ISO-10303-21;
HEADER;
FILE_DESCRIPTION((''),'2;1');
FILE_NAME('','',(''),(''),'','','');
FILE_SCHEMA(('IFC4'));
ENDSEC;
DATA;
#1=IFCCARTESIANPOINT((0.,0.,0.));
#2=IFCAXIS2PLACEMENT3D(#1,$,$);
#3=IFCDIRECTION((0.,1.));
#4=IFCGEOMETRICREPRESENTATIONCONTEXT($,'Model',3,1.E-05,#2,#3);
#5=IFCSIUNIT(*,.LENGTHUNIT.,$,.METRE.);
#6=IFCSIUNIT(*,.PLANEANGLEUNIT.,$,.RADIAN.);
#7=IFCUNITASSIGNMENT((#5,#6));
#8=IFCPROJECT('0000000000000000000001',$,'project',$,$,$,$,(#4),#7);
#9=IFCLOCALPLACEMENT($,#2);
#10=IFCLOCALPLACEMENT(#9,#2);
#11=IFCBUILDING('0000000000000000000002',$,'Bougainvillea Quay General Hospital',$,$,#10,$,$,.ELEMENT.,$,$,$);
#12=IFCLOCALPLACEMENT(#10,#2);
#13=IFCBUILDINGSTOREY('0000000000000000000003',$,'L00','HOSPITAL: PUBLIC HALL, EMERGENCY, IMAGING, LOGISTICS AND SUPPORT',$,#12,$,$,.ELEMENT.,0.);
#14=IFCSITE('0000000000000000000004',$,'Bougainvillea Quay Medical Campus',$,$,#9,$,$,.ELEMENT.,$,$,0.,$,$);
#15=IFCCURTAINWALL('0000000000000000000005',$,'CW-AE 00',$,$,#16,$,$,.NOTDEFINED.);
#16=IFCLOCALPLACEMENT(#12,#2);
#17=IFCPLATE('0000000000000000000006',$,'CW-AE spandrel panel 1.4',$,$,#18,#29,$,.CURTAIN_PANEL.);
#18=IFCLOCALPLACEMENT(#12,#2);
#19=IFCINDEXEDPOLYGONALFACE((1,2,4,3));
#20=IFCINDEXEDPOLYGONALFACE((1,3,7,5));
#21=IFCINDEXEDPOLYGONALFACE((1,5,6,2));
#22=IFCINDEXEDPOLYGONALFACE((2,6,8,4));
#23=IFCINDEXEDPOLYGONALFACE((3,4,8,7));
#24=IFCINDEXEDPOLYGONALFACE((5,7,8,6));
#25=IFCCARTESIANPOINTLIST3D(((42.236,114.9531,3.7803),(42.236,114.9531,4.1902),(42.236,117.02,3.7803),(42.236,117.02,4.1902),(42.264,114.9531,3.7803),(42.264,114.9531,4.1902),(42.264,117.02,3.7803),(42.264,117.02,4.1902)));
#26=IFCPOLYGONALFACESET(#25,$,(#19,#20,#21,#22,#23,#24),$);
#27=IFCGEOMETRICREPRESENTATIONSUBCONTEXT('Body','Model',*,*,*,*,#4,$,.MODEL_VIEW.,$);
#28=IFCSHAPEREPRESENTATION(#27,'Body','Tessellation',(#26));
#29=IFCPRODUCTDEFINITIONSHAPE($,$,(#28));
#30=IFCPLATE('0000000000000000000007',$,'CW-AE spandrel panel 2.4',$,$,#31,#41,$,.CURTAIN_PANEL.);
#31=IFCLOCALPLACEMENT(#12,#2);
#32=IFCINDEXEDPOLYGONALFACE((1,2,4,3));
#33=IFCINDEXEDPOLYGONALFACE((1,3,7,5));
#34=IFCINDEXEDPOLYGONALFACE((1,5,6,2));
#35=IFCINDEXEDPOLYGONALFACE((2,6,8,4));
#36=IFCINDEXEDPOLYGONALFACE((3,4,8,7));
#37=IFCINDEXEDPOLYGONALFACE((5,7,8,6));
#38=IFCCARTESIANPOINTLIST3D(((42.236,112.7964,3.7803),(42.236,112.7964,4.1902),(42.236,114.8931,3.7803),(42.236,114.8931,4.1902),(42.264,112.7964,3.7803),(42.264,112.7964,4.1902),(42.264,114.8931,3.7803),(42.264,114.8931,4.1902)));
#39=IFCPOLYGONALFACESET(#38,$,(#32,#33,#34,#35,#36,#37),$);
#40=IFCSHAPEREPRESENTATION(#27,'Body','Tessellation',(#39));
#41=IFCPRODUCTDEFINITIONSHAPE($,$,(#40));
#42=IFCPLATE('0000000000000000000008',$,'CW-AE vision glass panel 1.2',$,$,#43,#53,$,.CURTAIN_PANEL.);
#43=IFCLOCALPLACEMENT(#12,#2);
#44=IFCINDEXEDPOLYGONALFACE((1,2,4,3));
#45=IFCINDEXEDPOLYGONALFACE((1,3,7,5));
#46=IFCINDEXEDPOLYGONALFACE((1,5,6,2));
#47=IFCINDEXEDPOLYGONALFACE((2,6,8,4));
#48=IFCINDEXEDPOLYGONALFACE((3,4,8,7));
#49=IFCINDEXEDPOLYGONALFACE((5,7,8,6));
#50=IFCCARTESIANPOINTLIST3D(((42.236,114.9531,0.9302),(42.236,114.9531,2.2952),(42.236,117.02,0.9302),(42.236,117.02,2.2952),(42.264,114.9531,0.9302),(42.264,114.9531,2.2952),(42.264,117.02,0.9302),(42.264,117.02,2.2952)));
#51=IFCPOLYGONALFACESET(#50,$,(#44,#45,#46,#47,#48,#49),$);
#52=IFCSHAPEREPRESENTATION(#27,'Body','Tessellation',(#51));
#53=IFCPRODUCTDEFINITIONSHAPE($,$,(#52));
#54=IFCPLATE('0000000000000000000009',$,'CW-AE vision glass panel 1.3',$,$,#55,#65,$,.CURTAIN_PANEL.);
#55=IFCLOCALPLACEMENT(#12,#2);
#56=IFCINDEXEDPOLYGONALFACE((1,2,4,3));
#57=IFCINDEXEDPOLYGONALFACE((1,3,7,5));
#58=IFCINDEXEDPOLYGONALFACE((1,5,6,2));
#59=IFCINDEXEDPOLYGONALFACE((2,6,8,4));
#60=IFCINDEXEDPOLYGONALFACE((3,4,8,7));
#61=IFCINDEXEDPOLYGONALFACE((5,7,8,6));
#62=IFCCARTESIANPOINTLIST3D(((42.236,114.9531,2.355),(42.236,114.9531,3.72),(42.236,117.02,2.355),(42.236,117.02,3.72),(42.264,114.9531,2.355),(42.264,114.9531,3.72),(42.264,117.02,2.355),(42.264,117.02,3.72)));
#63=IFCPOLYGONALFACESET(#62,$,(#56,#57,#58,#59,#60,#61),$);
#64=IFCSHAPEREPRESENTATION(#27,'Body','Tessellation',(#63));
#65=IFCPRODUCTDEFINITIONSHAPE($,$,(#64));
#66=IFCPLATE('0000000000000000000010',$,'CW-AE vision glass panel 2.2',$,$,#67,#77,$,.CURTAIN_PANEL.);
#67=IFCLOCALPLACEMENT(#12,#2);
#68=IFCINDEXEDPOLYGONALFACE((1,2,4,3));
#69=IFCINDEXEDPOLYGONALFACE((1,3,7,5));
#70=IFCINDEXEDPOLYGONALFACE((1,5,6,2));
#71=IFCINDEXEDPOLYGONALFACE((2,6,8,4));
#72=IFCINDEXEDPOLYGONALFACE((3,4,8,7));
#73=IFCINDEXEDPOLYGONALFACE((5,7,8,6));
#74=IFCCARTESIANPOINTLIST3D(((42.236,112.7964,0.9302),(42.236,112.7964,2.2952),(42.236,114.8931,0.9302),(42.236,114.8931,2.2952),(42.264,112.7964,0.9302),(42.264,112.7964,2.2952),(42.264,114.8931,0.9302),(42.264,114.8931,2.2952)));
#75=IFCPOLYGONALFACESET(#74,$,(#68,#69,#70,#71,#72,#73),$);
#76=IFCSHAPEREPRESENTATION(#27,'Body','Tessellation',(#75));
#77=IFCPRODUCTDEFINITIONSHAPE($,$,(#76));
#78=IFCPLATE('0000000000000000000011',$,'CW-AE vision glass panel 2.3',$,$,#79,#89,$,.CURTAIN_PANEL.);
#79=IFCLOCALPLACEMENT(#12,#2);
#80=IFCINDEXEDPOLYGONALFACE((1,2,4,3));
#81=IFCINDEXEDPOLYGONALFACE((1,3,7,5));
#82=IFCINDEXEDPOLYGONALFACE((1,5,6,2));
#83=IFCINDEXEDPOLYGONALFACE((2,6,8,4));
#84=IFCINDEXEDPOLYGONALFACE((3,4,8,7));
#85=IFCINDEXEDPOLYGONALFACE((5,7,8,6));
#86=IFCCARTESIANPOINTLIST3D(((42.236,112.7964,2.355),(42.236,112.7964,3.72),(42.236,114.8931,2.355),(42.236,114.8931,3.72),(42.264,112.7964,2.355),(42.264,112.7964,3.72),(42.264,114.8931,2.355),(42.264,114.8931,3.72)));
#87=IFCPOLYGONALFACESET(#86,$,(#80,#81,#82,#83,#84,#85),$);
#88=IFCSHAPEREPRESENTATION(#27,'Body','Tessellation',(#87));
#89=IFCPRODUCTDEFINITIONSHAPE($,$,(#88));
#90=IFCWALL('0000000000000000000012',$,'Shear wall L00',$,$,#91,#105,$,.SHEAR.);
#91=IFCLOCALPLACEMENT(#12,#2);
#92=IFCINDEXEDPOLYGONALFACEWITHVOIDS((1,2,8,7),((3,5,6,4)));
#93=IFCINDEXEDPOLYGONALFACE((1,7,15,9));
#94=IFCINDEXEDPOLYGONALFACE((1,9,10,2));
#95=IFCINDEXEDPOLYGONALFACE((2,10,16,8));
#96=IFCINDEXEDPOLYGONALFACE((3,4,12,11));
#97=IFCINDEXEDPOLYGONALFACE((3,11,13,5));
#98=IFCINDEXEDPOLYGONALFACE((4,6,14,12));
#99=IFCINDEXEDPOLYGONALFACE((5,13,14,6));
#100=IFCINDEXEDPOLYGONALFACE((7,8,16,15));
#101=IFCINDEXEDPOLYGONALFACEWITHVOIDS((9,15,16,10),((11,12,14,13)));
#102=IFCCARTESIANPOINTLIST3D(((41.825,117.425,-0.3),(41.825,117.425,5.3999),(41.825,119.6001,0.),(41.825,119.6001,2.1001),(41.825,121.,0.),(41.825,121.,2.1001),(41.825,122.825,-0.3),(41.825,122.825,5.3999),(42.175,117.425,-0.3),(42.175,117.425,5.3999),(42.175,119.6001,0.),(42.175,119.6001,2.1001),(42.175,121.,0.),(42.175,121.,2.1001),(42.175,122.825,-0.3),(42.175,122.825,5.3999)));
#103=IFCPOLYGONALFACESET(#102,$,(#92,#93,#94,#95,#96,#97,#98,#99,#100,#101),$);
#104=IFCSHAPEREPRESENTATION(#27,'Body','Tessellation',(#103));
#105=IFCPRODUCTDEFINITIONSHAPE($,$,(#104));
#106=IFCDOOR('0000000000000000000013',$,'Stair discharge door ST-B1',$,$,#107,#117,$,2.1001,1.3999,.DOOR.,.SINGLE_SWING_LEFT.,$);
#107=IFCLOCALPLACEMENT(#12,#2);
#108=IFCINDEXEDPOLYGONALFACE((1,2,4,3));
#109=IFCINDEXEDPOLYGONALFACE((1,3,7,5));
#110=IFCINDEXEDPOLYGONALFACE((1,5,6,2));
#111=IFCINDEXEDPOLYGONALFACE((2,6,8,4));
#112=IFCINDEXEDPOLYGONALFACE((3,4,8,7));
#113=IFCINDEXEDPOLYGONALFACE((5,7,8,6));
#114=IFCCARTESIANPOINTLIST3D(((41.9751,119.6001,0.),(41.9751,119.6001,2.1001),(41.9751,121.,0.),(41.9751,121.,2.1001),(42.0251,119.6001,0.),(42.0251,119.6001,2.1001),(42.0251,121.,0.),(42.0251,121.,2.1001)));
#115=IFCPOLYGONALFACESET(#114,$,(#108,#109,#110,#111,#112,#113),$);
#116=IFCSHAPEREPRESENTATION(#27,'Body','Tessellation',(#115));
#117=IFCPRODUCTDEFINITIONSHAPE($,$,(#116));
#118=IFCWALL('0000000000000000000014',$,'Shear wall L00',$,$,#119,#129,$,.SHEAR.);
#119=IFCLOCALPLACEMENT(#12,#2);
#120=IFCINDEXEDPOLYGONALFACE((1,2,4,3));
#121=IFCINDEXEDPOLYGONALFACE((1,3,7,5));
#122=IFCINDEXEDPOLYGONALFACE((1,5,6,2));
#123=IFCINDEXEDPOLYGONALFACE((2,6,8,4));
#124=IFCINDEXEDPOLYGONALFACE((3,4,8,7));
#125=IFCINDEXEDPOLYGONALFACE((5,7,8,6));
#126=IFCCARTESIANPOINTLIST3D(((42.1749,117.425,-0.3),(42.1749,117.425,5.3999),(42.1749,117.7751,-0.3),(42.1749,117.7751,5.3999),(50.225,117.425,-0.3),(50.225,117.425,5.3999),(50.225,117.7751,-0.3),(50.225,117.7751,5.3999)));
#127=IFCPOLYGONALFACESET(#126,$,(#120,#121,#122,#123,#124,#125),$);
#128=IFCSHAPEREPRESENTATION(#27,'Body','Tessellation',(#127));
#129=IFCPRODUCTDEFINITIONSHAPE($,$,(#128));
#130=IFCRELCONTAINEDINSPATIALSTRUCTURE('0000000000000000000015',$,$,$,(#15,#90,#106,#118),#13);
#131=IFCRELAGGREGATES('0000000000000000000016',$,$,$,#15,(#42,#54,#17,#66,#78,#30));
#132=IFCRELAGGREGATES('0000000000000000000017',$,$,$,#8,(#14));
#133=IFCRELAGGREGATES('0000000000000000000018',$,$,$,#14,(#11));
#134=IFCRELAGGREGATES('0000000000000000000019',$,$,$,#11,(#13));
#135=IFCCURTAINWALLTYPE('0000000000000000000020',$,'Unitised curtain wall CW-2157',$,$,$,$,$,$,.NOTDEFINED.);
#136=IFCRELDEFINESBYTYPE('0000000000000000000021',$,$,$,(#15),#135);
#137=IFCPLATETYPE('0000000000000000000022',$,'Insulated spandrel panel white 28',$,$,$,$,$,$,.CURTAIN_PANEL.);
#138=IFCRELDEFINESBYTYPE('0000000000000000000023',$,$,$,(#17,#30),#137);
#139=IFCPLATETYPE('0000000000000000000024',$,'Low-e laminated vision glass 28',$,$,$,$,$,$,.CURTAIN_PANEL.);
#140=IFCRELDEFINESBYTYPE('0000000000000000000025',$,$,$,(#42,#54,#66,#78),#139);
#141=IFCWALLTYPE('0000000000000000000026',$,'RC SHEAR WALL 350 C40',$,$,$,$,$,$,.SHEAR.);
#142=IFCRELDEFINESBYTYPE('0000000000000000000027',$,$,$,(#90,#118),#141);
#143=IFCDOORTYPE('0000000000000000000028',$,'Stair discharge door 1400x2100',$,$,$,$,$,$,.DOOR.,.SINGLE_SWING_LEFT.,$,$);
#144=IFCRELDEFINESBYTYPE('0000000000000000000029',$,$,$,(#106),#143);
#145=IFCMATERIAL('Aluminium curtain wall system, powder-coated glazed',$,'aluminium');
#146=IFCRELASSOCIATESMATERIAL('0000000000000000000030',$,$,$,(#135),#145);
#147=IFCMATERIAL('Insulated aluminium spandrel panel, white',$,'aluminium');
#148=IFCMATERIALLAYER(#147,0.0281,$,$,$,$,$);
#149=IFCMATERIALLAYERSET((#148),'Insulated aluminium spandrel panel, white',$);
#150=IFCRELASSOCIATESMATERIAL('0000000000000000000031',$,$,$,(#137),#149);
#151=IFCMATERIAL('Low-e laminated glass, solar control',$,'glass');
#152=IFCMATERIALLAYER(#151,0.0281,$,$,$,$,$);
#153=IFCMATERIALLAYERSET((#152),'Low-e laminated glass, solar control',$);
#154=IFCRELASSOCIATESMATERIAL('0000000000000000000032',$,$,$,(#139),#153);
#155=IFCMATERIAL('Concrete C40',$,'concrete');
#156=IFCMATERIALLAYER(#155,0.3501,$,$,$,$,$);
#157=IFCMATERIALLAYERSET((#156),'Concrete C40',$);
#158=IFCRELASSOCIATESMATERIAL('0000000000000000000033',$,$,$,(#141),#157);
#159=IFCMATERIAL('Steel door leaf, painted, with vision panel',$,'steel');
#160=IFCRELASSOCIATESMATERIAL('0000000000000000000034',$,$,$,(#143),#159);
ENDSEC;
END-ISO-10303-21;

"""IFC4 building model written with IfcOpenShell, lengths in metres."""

from ifc_helpers import new_model, si_unit, direction, frame, frame_2d, origin, origin_2d, place, context, subcontext, project, spatial, rectangle, extrude, material, layer, layer_set, type_object, element, fill, aggregate, save


model = new_model("IFC4")

# Units and contexts
model_context = context("Model", 3, precision=1e-05, world=origin(), true_north=direction((0.0, 1.0)))
body_context = subcontext(model_context, "Body", "Model", "MODEL_VIEW")
ifc_project = project(units=[si_unit("LENGTHUNIT", "METRE"), si_unit("PLANEANGLEUNIT", "RADIAN")], contexts=[model_context])

# Site, building, storey
site_placement = place(None, origin())
site = spatial("IfcSite", under=ifc_project, at=site_placement, Name="Bougainvillea Quay Medical Campus", CompositionType="ELEMENT", RefElevation=0.0)
building_placement = place(site_placement, origin())
building = spatial("IfcBuilding", under=site, at=building_placement, Name="Bougainvillea Quay General Hospital", CompositionType="ELEMENT")
storey_placement = place(building_placement, origin())
storey = spatial("IfcBuildingStorey", under=building, at=storey_placement, Name="L00", Description="HOSPITAL: PUBLIC HALL, EMERGENCY, IMAGING, LOGISTICS AND SUPPORT", CompositionType="ELEMENT", Elevation=0.0)

# Curtain wall, plates
ifc_material_1 = material(Name="Aluminium curtain wall system, powder-coated glazed", Category="aluminium")
curtain_wall_type = type_object("IfcCurtainWallType", Name="Unitised curtain wall CW-2157", PredefinedType="NOTDEFINED", material=ifc_material_1)
curtain_wall_placement = place(storey_placement, origin())
curtain_wall = element("IfcCurtainWall", 1, at=curtain_wall_placement, inside=storey, type_object=curtain_wall_type, Name="CW-AE 00", PredefinedType="NOTDEFINED")
ifc_material_2 = material(Name="Insulated aluminium spandrel panel, white", Category="aluminium")
ifc_layer_1 = layer(ifc_material_2, 0.0281)
ifc_layer_set_1 = layer_set([ifc_layer_1], Name="Insulated aluminium spandrel panel, white")
plate_type_1 = type_object("IfcPlateType", Name="Insulated spandrel panel white 28", PredefinedType="CURTAIN_PANEL", material=ifc_layer_set_1)
plate_1_placement = place(storey_placement, frame((42.25, 115.9866, 3.7803), z_axis=(0.0, 0.0, 1.0), x_axis=(0.0, -1.0, 0.0)))
plate_1 = element("IfcPlate", 2, at=plate_1_placement, type_object=plate_type_1, Name="CW-AE spandrel panel 1.4", PredefinedType="CURTAIN_PANEL", context=body_context, shape_type="SweptSolid", body=[
    extrude(rectangle(XDim=2.0669, YDim=0.0281, at=origin_2d()), origin(), (0.0, 0.0, 1.0), 0.4099),
])
plate_2_placement = place(storey_placement, frame((42.25, 113.8447, 3.7803), z_axis=(0.0, 0.0, 1.0), x_axis=(0.0, -1.0, 0.0)))
plate_2 = element("IfcPlate", 3, at=plate_2_placement, type_object=plate_type_1, Name="CW-AE spandrel panel 2.4", PredefinedType="CURTAIN_PANEL", context=body_context, shape_type="SweptSolid", body=[
    extrude(rectangle(XDim=2.0967, YDim=0.0281, at=origin_2d()), origin(), (0.0, 0.0, 1.0), 0.4099),
])
ifc_material_3 = material(Name="Low-e laminated glass, solar control", Category="glass")
ifc_layer_2 = layer(ifc_material_3, 0.0281)
ifc_layer_set_2 = layer_set([ifc_layer_2], Name="Low-e laminated glass, solar control")
plate_type_2 = type_object("IfcPlateType", Name="Low-e laminated vision glass 28", PredefinedType="CURTAIN_PANEL", material=ifc_layer_set_2)
plate_3_placement = place(storey_placement, frame((42.25, 115.9866, 0.9302), z_axis=(0.0, 0.0, 1.0), x_axis=(0.0, -1.0, 0.0)))
plate_3 = element("IfcPlate", 4, at=plate_3_placement, type_object=plate_type_2, Name="CW-AE vision glass panel 1.2", PredefinedType="CURTAIN_PANEL", context=body_context, shape_type="SweptSolid", body=[
    extrude(rectangle(XDim=2.0669, YDim=0.0281, at=origin_2d()), origin(), (0.0, 0.0, 1.0), 1.365),
])
plate_4_placement = place(storey_placement, frame((42.25, 115.9866, 2.355), z_axis=(0.0, 0.0, 1.0), x_axis=(0.0, -1.0, 0.0)))
plate_4 = element("IfcPlate", 5, at=plate_4_placement, type_object=plate_type_2, Name="CW-AE vision glass panel 1.3", PredefinedType="CURTAIN_PANEL", context=body_context, shape_type="SweptSolid", body=[
    extrude(rectangle(XDim=2.0669, YDim=0.0281, at=origin_2d()), origin(), (0.0, 0.0, 1.0), 1.365),
])
plate_5_placement = place(storey_placement, frame((42.25, 113.8447, 0.9302), z_axis=(0.0, 0.0, 1.0), x_axis=(0.0, -1.0, 0.0)))
plate_5 = element("IfcPlate", 6, at=plate_5_placement, type_object=plate_type_2, Name="CW-AE vision glass panel 2.2", PredefinedType="CURTAIN_PANEL", context=body_context, shape_type="SweptSolid", body=[
    extrude(rectangle(XDim=2.0967, YDim=0.0281, at=origin_2d()), origin(), (0.0, 0.0, 1.0), 1.365),
])
plate_6_placement = place(storey_placement, frame((42.25, 113.8447, 2.355), z_axis=(0.0, 0.0, 1.0), x_axis=(0.0, -1.0, 0.0)))
plate_6 = element("IfcPlate", 7, at=plate_6_placement, type_object=plate_type_2, Name="CW-AE vision glass panel 2.3", PredefinedType="CURTAIN_PANEL", context=body_context, shape_type="SweptSolid", body=[
    extrude(rectangle(XDim=2.0967, YDim=0.0281, at=origin_2d()), origin(), (0.0, 0.0, 1.0), 1.365),
])
aggregate(curtain_wall, [plate_3, plate_4, plate_1, plate_5, plate_6, plate_2])

# Wall, opening, door
ifc_material_4 = material(Name="Concrete C40", Category="concrete")
ifc_layer_3 = layer(ifc_material_4, 0.3501)
ifc_layer_set_3 = layer_set([ifc_layer_3], Name="Concrete C40")
wall_type = type_object("IfcWallType", Name="RC SHEAR WALL 350 C40", PredefinedType="SHEAR", material=ifc_layer_set_3)
wall_1_placement = place(storey_placement, frame((42.0, 117.425, -0.3), z_axis=(0.0, 0.0, 1.0), x_axis=(0.0, 1.0, 0.0)))
wall_1 = element("IfcWall", 8, at=wall_1_placement, inside=storey, type_object=wall_type, Name="Shear wall L00", PredefinedType="SHEAR", context=body_context, shape_type="SweptSolid", body=[
    extrude(rectangle(XDim=5.3999, YDim=0.3501, at=frame_2d((2.7, 0.0))), origin(), (0.0, 0.0, 1.0), 5.7),
])
opening_placement = place(wall_1_placement, frame((2.175, 0.0, 0.3)))
opening = element("IfcOpeningElement", 9, at=opening_placement, cuts=wall_1, PredefinedType="OPENING", context=body_context, shape_type="SweptSolid", body=[
    extrude(rectangle(XDim=1.3999, YDim=2.1001, at=frame_2d((0.7, 1.05))), frame((0.0, 0.1851, 0.0), z_axis=(0.0, -1.0, 0.0), x_axis=(1.0, 0.0, 0.0)), (0.0, 0.0, 1.0), 0.3701),
])
ifc_material_5 = material(Name="Steel door leaf, painted, with vision panel", Category="steel")
door_type = type_object("IfcDoorType", Name="Stair discharge door 1400x2100", OperationType="SINGLE_SWING_LEFT", PredefinedType="DOOR", material=ifc_material_5)
door_placement = place(opening_placement, origin())
door = element("IfcDoor", 10, at=door_placement, inside=storey, type_object=door_type, Name="Stair discharge door ST-B1", OperationType="SINGLE_SWING_LEFT", OverallHeight=2.1001, OverallWidth=1.3999, PredefinedType="DOOR", context=body_context, shape_type="SweptSolid", body=[
    extrude(rectangle(XDim=1.3999, YDim=2.1001, at=frame_2d((0.7, 1.05))), frame((0.0, 0.0249, 0.0), z_axis=(0.0, -1.0, 0.0), x_axis=(1.0, 0.0, 0.0)), (0.0, 0.0, 1.0), 0.05),
])
fill(opening, door)

# Wall
wall_2_placement = place(storey_placement, frame((42.175, 117.6001, -0.3), z_axis=(0.0, 0.0, 1.0), x_axis=(1.0, 0.0, 0.0)))
element("IfcWall", 11, at=wall_2_placement, inside=storey, type_object=wall_type, Name="Shear wall L00", PredefinedType="SHEAR", context=body_context, shape_type="SweptSolid", body=[
    extrude(rectangle(XDim=8.05, YDim=0.3501, at=frame_2d((4.0249, 0.0))), origin(), (0.0, 0.0, 1.0), 5.7),
])

save(model, "model.ifc")
